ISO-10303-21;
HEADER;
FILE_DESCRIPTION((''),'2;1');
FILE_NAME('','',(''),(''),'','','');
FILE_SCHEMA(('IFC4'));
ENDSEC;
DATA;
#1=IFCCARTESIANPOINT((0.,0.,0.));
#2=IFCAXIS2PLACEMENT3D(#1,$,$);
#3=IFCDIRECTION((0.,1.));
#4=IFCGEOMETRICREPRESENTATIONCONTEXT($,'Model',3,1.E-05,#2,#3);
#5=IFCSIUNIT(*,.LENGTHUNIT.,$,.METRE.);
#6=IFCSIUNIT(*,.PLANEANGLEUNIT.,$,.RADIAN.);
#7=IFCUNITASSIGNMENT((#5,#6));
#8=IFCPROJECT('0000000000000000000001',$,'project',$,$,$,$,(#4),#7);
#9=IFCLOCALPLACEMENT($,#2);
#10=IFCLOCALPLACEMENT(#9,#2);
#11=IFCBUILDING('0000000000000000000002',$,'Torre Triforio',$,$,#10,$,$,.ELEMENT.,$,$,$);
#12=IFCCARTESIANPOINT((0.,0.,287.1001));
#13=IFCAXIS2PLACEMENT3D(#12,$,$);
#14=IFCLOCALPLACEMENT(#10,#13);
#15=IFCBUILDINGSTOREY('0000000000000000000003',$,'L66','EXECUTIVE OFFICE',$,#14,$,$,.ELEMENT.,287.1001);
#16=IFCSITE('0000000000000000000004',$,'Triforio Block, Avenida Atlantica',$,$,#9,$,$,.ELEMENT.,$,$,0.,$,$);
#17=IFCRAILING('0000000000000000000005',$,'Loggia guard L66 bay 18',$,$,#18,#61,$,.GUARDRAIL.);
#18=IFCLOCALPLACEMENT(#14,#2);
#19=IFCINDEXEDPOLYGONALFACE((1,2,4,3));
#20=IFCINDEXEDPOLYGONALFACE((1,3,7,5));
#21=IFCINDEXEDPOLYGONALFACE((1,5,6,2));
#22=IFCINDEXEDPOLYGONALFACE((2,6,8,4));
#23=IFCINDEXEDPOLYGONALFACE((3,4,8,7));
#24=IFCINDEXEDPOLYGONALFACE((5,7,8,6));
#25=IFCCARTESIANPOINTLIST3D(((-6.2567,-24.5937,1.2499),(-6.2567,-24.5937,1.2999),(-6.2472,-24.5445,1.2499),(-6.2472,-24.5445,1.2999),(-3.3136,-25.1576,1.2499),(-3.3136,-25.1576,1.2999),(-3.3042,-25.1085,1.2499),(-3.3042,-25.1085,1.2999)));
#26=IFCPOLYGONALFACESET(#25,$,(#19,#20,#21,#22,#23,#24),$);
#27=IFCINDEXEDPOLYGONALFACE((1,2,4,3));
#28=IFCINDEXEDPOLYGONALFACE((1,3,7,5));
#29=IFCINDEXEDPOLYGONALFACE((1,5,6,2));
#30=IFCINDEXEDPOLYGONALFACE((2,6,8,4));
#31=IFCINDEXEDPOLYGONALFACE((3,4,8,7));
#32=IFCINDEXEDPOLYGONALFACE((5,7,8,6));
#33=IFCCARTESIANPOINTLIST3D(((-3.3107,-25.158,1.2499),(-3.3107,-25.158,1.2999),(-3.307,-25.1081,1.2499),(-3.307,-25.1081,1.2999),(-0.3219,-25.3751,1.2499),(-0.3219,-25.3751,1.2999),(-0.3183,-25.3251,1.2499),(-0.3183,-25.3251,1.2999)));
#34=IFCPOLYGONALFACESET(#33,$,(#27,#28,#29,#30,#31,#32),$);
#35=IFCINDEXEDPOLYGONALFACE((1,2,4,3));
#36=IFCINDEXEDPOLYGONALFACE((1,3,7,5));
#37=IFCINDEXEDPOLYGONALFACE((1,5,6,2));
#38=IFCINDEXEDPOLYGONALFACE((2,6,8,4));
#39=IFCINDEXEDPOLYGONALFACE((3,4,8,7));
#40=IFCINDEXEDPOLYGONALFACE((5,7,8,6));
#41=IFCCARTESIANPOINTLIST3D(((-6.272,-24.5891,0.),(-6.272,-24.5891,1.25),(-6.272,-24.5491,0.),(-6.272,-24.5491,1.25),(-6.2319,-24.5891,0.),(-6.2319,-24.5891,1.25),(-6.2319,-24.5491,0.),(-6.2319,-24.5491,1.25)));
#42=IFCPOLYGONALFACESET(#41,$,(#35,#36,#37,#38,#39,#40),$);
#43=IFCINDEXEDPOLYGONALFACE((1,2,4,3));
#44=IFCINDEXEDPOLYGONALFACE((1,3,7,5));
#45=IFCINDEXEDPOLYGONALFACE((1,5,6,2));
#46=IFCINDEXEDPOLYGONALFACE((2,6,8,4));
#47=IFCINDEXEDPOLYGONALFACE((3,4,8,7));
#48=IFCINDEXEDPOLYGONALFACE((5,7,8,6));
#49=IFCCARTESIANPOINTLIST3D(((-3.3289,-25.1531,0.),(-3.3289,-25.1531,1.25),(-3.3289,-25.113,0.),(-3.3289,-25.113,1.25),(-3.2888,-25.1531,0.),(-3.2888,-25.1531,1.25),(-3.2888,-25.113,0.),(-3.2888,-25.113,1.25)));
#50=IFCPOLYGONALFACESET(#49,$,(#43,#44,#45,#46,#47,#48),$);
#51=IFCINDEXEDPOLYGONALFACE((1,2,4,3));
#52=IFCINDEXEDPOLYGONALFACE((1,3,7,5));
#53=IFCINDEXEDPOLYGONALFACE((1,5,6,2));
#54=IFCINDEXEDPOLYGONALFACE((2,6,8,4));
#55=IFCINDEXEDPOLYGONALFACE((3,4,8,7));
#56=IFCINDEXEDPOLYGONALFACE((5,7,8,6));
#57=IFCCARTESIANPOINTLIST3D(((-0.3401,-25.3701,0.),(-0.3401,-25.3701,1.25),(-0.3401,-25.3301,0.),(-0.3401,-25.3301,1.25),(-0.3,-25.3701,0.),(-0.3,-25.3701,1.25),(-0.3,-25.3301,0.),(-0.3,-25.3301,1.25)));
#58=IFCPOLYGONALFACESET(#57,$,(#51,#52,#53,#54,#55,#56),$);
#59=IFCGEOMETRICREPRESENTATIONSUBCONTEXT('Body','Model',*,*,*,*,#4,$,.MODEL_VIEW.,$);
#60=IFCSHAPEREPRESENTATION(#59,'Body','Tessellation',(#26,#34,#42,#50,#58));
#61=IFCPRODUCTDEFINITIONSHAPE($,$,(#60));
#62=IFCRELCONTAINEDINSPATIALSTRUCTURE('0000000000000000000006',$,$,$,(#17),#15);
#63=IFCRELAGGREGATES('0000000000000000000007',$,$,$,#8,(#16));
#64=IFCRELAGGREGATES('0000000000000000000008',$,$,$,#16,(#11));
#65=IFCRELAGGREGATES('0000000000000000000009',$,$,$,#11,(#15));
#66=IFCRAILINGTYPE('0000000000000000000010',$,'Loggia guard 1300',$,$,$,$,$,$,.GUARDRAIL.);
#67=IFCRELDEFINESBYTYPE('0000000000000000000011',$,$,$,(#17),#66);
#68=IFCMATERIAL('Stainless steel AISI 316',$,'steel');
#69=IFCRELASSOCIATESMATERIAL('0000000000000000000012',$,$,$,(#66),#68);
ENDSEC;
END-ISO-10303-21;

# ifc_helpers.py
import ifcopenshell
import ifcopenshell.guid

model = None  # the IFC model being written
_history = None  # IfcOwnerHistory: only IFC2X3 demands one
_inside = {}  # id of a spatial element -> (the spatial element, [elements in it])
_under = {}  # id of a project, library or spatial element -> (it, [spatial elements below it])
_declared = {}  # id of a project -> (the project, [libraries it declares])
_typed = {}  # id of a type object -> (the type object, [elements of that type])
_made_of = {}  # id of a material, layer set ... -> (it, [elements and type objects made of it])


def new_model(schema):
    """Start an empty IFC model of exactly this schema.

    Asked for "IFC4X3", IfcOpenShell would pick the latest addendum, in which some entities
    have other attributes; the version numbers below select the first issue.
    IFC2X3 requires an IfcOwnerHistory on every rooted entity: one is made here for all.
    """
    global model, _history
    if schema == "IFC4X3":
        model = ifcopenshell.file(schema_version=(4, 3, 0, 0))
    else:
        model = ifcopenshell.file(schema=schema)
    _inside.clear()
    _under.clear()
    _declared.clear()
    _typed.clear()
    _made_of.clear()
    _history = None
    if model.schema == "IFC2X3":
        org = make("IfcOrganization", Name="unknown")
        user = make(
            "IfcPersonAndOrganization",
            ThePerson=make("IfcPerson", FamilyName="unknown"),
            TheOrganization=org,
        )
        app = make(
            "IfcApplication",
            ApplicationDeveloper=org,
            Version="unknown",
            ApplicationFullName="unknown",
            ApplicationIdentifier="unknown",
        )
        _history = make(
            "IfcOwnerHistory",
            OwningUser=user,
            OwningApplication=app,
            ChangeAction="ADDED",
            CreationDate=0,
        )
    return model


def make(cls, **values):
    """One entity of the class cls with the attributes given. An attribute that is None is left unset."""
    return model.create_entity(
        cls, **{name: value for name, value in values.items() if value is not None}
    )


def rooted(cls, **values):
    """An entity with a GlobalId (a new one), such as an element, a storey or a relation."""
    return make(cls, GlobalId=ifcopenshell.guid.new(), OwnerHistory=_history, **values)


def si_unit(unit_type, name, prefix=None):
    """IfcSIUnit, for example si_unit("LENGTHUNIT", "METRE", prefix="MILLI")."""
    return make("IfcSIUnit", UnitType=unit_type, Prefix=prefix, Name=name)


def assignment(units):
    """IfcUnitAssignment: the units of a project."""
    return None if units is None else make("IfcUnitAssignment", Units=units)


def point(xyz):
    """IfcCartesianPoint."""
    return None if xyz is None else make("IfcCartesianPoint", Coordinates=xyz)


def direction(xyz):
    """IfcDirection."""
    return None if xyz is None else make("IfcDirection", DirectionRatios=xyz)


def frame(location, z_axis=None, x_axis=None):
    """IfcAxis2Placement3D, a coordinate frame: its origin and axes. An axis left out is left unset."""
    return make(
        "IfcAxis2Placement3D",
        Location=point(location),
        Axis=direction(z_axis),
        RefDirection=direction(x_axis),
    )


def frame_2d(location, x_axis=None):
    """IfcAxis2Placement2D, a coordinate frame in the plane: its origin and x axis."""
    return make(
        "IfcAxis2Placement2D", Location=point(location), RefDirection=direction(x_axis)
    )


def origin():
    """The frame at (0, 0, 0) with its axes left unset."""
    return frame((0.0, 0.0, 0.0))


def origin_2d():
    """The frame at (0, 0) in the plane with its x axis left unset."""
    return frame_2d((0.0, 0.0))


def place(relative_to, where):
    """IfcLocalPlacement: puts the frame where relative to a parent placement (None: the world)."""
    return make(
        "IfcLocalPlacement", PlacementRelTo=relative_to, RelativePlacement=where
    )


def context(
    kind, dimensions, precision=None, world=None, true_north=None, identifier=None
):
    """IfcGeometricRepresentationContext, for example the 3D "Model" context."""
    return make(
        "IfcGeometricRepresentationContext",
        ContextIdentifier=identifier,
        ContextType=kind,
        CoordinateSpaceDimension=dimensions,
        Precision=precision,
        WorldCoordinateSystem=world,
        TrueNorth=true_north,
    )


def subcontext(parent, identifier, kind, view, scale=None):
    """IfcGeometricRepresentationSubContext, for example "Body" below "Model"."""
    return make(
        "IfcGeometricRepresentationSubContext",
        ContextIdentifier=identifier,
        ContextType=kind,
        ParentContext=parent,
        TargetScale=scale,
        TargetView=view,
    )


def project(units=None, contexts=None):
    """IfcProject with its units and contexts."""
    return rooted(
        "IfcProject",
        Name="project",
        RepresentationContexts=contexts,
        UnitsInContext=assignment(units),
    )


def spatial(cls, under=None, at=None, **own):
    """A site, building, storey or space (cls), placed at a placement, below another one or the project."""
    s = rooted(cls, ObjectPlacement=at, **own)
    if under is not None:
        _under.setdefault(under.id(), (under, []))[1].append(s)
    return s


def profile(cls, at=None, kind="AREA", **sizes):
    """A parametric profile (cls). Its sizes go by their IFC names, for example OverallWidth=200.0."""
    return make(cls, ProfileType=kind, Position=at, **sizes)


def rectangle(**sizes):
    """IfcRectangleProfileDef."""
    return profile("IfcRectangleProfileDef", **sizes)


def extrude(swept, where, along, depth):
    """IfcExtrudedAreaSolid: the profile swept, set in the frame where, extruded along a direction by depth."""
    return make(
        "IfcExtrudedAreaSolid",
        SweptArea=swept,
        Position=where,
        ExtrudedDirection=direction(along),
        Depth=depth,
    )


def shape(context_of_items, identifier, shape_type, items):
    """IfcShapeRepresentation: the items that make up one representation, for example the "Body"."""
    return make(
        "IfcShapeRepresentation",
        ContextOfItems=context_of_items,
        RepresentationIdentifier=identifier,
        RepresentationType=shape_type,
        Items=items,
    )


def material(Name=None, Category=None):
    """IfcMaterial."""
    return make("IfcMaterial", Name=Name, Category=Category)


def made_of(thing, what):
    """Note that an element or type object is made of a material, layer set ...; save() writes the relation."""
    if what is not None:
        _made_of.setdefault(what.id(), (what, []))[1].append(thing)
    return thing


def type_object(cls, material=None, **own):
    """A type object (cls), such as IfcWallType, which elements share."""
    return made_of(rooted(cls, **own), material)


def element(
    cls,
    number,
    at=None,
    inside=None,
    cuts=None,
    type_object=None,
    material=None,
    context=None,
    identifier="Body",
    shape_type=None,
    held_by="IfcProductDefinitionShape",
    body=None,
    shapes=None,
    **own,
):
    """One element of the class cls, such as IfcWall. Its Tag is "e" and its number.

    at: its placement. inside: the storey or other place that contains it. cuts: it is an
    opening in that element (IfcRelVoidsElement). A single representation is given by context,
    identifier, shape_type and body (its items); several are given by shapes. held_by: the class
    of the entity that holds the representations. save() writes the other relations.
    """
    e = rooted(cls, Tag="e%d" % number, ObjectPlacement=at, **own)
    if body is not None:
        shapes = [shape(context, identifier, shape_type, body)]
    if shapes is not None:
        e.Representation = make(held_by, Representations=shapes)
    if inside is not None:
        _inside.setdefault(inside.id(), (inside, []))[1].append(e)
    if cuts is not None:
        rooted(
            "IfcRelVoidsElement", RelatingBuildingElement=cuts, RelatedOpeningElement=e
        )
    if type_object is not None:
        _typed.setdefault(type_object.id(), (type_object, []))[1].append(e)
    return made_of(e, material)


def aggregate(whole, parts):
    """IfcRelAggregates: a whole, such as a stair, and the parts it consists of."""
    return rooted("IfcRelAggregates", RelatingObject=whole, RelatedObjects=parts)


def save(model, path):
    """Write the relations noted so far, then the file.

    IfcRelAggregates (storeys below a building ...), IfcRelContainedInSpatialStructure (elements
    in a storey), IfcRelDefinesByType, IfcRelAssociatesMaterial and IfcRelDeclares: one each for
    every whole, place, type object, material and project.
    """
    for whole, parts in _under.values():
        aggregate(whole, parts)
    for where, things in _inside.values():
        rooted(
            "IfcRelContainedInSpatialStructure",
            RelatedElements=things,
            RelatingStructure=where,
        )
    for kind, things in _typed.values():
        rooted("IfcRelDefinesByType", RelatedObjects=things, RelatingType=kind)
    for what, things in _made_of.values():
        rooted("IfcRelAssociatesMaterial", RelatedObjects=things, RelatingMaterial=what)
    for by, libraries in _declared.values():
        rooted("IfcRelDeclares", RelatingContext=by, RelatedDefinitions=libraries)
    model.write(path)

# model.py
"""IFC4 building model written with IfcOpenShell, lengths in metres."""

from ifc_helpers import new_model, si_unit, direction, frame, origin, origin_2d, place, context, subcontext, project, spatial, rectangle, extrude, material, type_object, element, save


model = new_model("IFC4")

# Units and contexts
model_context = context("Model", 3, precision=1e-05, world=origin(), true_north=direction((0.0, 1.0)))
body_context = subcontext(model_context, "Body", "Model", "MODEL_VIEW")
ifc_project = project(units=[si_unit("LENGTHUNIT", "METRE"), si_unit("PLANEANGLEUNIT", "RADIAN")], contexts=[model_context])

# Site, building, storey
site_placement = place(None, origin())
site = spatial("IfcSite", under=ifc_project, at=site_placement, Name="Triforio Block, Avenida Atlantica", CompositionType="ELEMENT", RefElevation=0.0)
building_placement = place(site_placement, origin())
building = spatial("IfcBuilding", under=site, at=building_placement, Name="Torre Triforio", CompositionType="ELEMENT")
storey_placement = place(building_placement, frame((0.0, 0.0, 287.1001)))
storey = spatial("IfcBuildingStorey", under=building, at=storey_placement, Name="L66", Description="EXECUTIVE OFFICE", CompositionType="ELEMENT", Elevation=287.1001)

# Railing
ifc_material_1 = material(Name="Stainless steel AISI 316", Category="steel")
railing_type = type_object("IfcRailingType", Name="Loggia guard 1300", PredefinedType="GUARDRAIL", material=ifc_material_1)
railing_placement = place(storey_placement, frame((-6.252, -24.5691, 0.0)))
element("IfcRailing", 1, at=railing_placement, inside=storey, type_object=railing_type, Name="Loggia guard L66 bay 18", PredefinedType="GUARDRAIL", context=body_context, shape_type="SweptSolid", body=[
    extrude(rectangle(XDim=0.05, YDim=0.05, at=origin_2d()), frame((0.0, 0.0, 1.2749), z_axis=(0.982131, -0.188198, 0.0), x_axis=(0.188198, 0.982131, 0.0)), (0.0, 0.0, 1.0), 2.9966),
    extrude(rectangle(XDim=0.05, YDim=0.05, at=origin_2d()), frame((2.9431, -0.564, 1.2749), z_axis=(0.997374, -0.072428, 0.0), x_axis=(0.072428, 0.997374, 0.0)), (0.0, 0.0, 1.0), 2.9966),
    extrude(rectangle(XDim=0.04, YDim=0.04, at=origin_2d()), origin(), (0.0, 0.0, 1.0), 1.25),
    extrude(rectangle(XDim=0.04, YDim=0.04, at=origin_2d()), frame((2.9431, -0.564, 0.0)), (0.0, 0.0, 1.0), 1.25),
    extrude(rectangle(XDim=0.04, YDim=0.04, at=origin_2d()), frame((5.9319, -0.781, 0.0)), (0.0, 0.0, 1.0), 1.25),
])

save(model, "model.ifc")
